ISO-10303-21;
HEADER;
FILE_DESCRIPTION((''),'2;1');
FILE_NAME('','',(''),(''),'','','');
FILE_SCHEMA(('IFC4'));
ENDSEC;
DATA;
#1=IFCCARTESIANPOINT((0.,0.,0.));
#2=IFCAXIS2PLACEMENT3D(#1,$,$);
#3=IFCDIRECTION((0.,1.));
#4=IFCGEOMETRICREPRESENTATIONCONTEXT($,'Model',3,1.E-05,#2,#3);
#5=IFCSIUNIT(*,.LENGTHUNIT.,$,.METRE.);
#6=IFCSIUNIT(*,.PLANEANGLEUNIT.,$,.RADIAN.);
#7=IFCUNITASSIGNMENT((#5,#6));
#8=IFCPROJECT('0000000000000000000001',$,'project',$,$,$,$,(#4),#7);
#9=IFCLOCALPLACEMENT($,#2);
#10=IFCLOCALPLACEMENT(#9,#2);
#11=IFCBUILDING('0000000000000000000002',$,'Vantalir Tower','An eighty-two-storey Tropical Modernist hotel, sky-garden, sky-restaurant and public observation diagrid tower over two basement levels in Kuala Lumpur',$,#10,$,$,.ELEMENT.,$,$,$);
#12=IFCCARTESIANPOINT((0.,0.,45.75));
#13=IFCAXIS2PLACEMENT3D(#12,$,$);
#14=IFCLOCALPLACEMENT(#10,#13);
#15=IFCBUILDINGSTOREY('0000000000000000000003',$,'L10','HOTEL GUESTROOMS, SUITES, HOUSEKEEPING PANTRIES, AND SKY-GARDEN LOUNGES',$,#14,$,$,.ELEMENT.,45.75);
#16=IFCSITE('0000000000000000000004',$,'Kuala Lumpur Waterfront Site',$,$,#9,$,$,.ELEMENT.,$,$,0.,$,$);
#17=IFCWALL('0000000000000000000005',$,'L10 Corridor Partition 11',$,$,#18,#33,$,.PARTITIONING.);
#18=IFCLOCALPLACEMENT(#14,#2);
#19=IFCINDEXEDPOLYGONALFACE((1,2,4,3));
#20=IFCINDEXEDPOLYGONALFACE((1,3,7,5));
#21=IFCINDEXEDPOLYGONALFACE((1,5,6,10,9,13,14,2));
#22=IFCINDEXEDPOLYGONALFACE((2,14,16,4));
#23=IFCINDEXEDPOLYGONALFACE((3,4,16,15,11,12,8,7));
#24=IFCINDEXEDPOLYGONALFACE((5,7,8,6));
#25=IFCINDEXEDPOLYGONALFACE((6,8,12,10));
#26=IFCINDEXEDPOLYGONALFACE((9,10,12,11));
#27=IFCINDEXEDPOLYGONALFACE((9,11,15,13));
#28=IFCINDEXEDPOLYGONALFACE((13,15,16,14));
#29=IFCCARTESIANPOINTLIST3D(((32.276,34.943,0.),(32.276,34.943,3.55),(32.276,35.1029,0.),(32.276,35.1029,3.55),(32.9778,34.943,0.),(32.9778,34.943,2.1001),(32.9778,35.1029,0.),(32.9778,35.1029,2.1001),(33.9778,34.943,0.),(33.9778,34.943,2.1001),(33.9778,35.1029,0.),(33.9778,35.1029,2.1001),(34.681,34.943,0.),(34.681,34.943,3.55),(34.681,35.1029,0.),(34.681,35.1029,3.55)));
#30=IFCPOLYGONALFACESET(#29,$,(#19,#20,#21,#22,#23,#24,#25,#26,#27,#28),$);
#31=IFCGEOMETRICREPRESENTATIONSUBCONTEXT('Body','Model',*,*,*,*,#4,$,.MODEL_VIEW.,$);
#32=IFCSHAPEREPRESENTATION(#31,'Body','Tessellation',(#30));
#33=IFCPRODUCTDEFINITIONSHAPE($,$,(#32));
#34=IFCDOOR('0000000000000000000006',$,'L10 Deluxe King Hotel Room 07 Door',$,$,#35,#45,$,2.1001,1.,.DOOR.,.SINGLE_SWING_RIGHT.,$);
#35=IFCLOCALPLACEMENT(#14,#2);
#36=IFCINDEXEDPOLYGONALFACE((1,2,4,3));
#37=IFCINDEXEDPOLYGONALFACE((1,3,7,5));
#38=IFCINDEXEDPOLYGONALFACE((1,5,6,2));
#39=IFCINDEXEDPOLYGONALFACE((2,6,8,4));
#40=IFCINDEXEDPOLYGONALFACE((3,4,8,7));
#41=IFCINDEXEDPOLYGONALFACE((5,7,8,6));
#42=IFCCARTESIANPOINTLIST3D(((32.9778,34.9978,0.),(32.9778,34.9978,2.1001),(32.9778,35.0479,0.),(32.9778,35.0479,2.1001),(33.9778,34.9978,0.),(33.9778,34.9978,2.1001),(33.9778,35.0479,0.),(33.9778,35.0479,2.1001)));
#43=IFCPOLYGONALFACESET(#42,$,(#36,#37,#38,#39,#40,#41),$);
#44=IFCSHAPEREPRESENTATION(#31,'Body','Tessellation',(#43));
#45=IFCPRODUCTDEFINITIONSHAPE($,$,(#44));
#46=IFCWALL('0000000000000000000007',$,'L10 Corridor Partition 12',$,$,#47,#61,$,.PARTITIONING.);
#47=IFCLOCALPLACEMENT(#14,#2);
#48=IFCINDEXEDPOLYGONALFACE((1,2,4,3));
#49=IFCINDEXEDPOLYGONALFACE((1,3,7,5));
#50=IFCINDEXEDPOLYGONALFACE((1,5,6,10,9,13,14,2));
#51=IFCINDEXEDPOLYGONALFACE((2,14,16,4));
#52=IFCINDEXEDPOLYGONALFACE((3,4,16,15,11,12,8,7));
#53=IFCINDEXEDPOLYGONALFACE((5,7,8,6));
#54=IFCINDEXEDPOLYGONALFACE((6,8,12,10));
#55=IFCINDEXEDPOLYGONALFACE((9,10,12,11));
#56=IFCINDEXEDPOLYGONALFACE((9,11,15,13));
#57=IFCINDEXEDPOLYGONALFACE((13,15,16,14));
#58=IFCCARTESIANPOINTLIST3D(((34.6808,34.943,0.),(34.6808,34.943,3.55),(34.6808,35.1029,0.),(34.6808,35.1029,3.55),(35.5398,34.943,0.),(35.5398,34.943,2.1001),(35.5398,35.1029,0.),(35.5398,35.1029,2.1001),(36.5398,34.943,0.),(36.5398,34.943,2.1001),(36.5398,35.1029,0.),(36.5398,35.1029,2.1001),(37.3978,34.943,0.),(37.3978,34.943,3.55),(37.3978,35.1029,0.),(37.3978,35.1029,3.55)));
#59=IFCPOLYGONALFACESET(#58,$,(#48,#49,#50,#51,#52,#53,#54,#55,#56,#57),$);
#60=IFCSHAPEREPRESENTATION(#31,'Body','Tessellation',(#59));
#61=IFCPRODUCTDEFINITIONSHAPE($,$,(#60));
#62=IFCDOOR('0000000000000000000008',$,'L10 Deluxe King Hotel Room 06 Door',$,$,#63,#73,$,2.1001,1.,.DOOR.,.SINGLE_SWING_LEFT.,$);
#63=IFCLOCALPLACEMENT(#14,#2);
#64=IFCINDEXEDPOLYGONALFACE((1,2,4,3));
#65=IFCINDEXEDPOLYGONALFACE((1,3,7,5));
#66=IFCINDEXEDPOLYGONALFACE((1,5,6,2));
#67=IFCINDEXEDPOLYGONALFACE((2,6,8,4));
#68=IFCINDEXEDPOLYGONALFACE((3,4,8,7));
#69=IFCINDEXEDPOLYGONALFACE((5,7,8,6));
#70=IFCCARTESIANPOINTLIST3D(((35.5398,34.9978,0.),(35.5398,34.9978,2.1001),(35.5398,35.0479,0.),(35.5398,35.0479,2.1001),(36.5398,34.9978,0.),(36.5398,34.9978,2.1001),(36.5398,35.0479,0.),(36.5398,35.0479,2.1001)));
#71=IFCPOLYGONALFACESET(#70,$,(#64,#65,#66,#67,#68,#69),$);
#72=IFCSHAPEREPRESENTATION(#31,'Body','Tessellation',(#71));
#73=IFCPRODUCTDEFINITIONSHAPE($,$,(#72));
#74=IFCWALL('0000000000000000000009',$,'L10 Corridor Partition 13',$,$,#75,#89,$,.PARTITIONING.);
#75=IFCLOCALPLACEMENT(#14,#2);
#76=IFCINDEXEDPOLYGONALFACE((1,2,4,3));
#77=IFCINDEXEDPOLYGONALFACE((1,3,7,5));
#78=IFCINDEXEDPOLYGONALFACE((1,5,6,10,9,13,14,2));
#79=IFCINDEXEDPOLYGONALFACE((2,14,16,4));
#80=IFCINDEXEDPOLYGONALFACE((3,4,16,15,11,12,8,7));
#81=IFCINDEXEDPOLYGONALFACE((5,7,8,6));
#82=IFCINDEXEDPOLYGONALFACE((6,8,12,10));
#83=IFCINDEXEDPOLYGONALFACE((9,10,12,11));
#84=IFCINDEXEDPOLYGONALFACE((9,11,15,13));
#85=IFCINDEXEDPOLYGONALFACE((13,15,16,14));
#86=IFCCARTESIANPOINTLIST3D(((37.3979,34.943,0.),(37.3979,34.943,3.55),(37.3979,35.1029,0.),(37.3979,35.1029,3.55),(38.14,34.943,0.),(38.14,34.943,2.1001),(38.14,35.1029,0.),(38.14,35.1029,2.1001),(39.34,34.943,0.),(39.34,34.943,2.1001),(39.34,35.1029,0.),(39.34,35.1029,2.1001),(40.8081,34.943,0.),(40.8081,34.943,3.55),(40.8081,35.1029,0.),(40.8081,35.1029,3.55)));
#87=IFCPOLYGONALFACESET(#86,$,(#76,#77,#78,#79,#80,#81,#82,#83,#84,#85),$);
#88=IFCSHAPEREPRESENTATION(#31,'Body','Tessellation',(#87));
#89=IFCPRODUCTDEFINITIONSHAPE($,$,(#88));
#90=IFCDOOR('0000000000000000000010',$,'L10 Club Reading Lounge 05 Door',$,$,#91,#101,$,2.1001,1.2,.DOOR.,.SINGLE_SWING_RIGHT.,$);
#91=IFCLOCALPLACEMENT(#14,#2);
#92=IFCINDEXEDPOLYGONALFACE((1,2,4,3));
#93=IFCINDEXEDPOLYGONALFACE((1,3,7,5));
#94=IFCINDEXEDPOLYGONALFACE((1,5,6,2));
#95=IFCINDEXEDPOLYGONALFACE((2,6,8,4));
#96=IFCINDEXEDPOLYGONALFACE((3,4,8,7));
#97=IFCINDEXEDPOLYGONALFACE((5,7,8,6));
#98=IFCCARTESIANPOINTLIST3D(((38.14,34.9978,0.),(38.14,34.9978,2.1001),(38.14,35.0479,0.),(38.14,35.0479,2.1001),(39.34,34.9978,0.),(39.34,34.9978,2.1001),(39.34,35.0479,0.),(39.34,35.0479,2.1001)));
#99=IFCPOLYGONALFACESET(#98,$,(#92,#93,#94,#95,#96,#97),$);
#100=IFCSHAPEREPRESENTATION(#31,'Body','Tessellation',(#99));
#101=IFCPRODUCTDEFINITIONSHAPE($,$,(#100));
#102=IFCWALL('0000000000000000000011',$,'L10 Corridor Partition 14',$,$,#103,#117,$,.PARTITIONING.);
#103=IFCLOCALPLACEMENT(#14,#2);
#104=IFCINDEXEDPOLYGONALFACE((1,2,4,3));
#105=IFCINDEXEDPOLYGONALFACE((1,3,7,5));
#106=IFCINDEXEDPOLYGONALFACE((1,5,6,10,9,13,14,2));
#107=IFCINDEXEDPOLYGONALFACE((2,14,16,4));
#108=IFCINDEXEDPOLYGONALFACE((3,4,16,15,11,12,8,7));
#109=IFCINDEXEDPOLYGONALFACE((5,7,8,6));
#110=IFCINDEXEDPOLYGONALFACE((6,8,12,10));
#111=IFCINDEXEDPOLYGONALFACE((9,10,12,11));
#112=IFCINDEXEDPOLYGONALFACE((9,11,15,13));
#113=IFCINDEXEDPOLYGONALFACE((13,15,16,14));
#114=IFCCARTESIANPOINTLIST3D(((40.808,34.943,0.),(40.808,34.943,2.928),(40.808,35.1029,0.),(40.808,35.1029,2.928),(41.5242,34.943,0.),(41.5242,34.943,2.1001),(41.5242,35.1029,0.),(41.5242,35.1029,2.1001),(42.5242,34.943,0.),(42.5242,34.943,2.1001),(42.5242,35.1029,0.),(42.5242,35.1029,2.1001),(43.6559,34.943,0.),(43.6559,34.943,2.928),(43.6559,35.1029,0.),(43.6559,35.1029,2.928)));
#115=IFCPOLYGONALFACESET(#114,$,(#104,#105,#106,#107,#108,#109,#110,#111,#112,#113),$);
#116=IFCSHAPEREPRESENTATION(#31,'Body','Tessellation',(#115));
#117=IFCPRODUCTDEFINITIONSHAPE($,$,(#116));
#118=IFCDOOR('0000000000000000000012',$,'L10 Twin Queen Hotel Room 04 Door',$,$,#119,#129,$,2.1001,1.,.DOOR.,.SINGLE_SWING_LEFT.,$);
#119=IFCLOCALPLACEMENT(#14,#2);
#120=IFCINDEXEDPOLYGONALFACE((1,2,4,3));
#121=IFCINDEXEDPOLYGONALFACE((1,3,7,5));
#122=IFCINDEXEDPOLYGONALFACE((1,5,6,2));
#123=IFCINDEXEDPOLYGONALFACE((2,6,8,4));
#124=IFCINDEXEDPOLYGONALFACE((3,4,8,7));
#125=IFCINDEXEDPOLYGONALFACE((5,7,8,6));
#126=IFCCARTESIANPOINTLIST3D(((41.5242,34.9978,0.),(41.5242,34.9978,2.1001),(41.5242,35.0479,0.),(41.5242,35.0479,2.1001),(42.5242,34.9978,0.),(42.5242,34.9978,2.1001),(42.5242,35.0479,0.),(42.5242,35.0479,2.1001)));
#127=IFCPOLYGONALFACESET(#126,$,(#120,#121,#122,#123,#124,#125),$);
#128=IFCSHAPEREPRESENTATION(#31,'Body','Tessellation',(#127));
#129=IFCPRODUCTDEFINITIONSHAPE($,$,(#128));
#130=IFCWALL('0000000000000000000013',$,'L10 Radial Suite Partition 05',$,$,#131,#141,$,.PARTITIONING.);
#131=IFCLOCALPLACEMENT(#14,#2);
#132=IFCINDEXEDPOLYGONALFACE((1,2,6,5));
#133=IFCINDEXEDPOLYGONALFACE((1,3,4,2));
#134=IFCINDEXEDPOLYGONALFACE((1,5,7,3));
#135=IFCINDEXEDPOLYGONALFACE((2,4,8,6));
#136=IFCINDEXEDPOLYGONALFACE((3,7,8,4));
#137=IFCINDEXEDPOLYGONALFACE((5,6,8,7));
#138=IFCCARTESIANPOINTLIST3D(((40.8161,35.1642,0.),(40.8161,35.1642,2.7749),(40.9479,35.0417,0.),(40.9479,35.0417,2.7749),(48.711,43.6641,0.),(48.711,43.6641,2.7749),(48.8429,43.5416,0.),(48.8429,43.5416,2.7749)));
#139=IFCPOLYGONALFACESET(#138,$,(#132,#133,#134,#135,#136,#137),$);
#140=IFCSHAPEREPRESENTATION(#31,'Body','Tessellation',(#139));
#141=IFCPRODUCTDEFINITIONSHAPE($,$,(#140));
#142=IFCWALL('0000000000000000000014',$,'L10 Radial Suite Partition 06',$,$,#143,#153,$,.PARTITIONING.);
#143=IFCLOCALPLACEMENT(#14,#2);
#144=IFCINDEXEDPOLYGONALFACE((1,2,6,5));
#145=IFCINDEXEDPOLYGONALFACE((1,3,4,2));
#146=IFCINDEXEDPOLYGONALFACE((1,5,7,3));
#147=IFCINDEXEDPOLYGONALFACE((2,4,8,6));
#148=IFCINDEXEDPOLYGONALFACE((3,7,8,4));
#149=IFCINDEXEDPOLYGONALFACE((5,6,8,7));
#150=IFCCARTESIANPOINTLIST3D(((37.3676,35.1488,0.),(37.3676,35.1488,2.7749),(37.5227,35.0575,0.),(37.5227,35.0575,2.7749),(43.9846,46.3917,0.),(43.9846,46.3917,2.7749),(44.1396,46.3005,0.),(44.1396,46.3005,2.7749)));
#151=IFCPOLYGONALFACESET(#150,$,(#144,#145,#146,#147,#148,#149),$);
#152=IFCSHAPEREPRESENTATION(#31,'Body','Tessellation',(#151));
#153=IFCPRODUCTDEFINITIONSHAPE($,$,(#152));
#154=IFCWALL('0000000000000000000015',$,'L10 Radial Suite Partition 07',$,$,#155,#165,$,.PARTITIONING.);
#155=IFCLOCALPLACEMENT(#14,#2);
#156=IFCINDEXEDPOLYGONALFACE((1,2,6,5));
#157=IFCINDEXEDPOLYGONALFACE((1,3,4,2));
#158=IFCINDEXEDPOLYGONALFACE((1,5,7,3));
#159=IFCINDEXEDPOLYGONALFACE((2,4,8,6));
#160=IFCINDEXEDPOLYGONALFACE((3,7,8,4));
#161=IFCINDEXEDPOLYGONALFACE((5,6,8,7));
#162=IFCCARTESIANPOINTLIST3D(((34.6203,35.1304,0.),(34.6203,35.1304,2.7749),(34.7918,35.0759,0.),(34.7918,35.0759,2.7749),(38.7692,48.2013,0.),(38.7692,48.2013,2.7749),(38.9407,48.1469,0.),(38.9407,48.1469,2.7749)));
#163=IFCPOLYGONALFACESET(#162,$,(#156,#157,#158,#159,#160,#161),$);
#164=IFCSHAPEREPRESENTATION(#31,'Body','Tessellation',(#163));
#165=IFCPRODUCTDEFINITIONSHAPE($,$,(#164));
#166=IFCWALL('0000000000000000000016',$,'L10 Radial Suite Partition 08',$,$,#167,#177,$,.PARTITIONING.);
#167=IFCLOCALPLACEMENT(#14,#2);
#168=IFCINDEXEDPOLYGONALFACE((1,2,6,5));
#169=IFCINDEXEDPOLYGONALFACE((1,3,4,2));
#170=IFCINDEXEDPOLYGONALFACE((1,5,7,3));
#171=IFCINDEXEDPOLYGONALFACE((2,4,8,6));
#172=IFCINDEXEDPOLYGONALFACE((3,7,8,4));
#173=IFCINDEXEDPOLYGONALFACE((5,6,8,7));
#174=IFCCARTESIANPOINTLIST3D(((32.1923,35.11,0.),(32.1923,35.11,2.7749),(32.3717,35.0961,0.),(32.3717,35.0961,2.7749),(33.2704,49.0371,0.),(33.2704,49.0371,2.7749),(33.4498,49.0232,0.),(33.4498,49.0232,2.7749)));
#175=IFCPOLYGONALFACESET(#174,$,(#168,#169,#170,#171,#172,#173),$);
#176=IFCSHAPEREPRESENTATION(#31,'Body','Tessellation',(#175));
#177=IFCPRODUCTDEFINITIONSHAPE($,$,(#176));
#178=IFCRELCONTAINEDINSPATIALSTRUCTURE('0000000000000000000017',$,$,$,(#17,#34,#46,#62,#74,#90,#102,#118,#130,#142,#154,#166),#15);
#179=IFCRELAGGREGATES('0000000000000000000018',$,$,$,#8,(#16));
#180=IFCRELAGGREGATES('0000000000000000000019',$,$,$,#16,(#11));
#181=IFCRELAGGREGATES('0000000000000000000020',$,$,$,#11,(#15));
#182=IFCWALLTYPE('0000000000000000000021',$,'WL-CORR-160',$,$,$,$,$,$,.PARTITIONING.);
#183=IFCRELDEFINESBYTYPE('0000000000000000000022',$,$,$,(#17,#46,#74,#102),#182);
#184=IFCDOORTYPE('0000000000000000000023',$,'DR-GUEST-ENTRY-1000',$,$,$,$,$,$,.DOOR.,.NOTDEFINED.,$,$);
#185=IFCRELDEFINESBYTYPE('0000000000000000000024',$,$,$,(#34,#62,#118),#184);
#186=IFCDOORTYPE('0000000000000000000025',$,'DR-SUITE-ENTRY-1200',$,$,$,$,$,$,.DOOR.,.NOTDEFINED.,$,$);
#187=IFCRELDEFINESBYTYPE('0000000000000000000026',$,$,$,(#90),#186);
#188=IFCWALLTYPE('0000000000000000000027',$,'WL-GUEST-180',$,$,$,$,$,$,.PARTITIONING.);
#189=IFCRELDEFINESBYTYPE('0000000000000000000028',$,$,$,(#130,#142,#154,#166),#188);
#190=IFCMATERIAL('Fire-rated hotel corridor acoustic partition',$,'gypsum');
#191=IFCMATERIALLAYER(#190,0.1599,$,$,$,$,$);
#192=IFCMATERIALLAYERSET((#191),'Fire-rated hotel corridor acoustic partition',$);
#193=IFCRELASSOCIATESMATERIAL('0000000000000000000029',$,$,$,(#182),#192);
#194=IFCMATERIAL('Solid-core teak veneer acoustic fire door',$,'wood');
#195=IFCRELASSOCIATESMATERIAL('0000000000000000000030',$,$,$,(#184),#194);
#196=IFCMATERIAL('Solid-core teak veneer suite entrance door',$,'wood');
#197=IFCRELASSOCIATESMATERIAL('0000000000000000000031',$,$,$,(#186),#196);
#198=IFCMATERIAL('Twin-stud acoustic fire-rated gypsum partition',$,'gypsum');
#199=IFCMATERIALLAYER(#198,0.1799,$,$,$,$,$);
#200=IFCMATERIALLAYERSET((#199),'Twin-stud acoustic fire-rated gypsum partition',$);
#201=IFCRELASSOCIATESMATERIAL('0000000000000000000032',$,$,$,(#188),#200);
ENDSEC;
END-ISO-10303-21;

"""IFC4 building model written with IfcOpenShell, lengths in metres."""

from ifc_helpers import new_model, si_unit, direction, frame, frame_2d, origin, place, context, subcontext, project, spatial, rectangle, extrude, material, layer, layer_set, type_object, element, fill, save


model = new_model("IFC4")

# Units and contexts
model_context = context("Model", 3, precision=1e-05, world=origin(), true_north=direction((0.0, 1.0)))
body_context = subcontext(model_context, "Body", "Model", "MODEL_VIEW")
ifc_project = project(units=[si_unit("LENGTHUNIT", "METRE"), si_unit("PLANEANGLEUNIT", "RADIAN")], contexts=[model_context])

# Site, building, storey
site_placement = place(None, origin())
site = spatial("IfcSite", under=ifc_project, at=site_placement, Name="Kuala Lumpur Waterfront Site", CompositionType="ELEMENT", RefElevation=0.0)
building_placement = place(site_placement, origin())
building = spatial("IfcBuilding", under=site, at=building_placement, Name="Vantalir Tower", Description="An eighty-two-storey Tropical Modernist hotel, sky-garden, sky-restaurant and public observation diagrid tower over two basement levels in Kuala Lumpur", CompositionType="ELEMENT")
storey_placement = place(building_placement, frame((0.0, 0.0, 45.75)))
storey = spatial("IfcBuildingStorey", under=building, at=storey_placement, Name="L10", Description="HOTEL GUESTROOMS, SUITES, HOUSEKEEPING PANTRIES, AND SKY-GARDEN LOUNGES", CompositionType="ELEMENT", Elevation=45.75)

# Walls, openings, doors
ifc_material_1 = material(Name="Fire-rated hotel corridor acoustic partition", Category="gypsum")
ifc_layer_1 = layer(ifc_material_1, 0.1599)
ifc_layer_set_1 = layer_set([ifc_layer_1], Name="Fire-rated hotel corridor acoustic partition")
wall_type_1 = type_object("IfcWallType", Name="WL-CORR-160", PredefinedType="PARTITIONING", material=ifc_layer_set_1)
wall_1_placement = place(storey_placement, frame((32.2759, 35.0229, 0.0), z_axis=(0.0, 0.0, 1.0), x_axis=(1.0, 0.0, 0.0)))
wall_1 = element("IfcWall", 1, at=wall_1_placement, inside=storey, type_object=wall_type_1, Name="L10 Corridor Partition 11", PredefinedType="PARTITIONING", context=body_context, shape_type="SweptSolid", body=[
    extrude(rectangle(XDim=2.405, YDim=0.1599, at=frame_2d((1.2026, 0.0))), origin(), (0.0, 0.0, 1.0), 3.55),
])
opening_1_placement = place(wall_1_placement, frame((0.7019, 0.0, 0.0)))
opening_1 = element("IfcOpeningElement", 2, at=opening_1_placement, cuts=wall_1, PredefinedType="OPENING", context=body_context, shape_type="SweptSolid", body=[
    extrude(rectangle(XDim=1.0, YDim=2.1001, at=frame_2d((0.5, 1.05))), frame((0.0, 0.0898, 0.0), z_axis=(0.0, -1.0, 0.0), x_axis=(1.0, 0.0, 0.0)), (0.0, 0.0, 1.0), 0.1799),
])
ifc_material_2 = material(Name="Solid-core teak veneer acoustic fire door", Category="wood")
door_type_1 = type_object("IfcDoorType", Name="DR-GUEST-ENTRY-1000", OperationType="NOTDEFINED", PredefinedType="DOOR", material=ifc_material_2)
door_1_placement = place(opening_1_placement, origin())
door_1 = element("IfcDoor", 3, at=door_1_placement, inside=storey, type_object=door_type_1, Name="L10 Deluxe King Hotel Room 07 Door", OperationType="SINGLE_SWING_RIGHT", OverallHeight=2.1001, OverallWidth=1.0, PredefinedType="DOOR", context=body_context, shape_type="SweptSolid", body=[
    extrude(rectangle(XDim=1.0, YDim=2.1001, at=frame_2d((0.5, 1.05))), frame((0.0, 0.0249, 0.0), z_axis=(0.0, -1.0, 0.0), x_axis=(1.0, 0.0, 0.0)), (0.0, 0.0, 1.0), 0.05),
])
fill(opening_1, door_1)
wall_2_placement = place(storey_placement, frame((34.6809, 35.0229, 0.0), z_axis=(0.0, 0.0, 1.0), x_axis=(1.0, 0.0, 0.0)))
wall_2 = element("IfcWall", 4, at=wall_2_placement, inside=storey, type_object=wall_type_1, Name="L10 Corridor Partition 12", PredefinedType="PARTITIONING", context=body_context, shape_type="SweptSolid", body=[
    extrude(rectangle(XDim=2.717, YDim=0.1599, at=frame_2d((1.3584, 0.0))), origin(), (0.0, 0.0, 1.0), 3.55),
])
opening_2_placement = place(wall_2_placement, frame((0.8589, 0.0, 0.0)))
opening_2 = element("IfcOpeningElement", 5, at=opening_2_placement, cuts=wall_2, PredefinedType="OPENING", context=body_context, shape_type="SweptSolid", body=[
    extrude(rectangle(XDim=1.0, YDim=2.1001, at=frame_2d((0.5, 1.05))), frame((0.0, 0.0898, 0.0), z_axis=(0.0, -1.0, 0.0), x_axis=(1.0, 0.0, 0.0)), (0.0, 0.0, 1.0), 0.1799),
])
door_2_placement = place(opening_2_placement, origin())
door_2 = element("IfcDoor", 6, at=door_2_placement, inside=storey, type_object=door_type_1, Name="L10 Deluxe King Hotel Room 06 Door", OperationType="SINGLE_SWING_LEFT", OverallHeight=2.1001, OverallWidth=1.0, PredefinedType="DOOR", context=body_context, shape_type="SweptSolid", body=[
    extrude(rectangle(XDim=1.0, YDim=2.1001, at=frame_2d((0.5, 1.05))), frame((0.0, 0.0249, 0.0), z_axis=(0.0, -1.0, 0.0), x_axis=(1.0, 0.0, 0.0)), (0.0, 0.0, 1.0), 0.05),
])
fill(opening_2, door_2)
wall_3_placement = place(storey_placement, frame((37.3979, 35.0229, 0.0), z_axis=(0.0, 0.0, 1.0), x_axis=(1.0, 0.0, 0.0)))
wall_3 = element("IfcWall", 7, at=wall_3_placement, inside=storey, type_object=wall_type_1, Name="L10 Corridor Partition 13", PredefinedType="PARTITIONING", context=body_context, shape_type="SweptSolid", body=[
    extrude(rectangle(XDim=3.4102, YDim=0.1599, at=frame_2d((1.7051, 0.0))), origin(), (0.0, 0.0, 1.0), 3.55),
])
opening_3_placement = place(wall_3_placement, frame((0.7419, 0.0, 0.0)))
opening_3 = element("IfcOpeningElement", 8, at=opening_3_placement, cuts=wall_3, PredefinedType="OPENING", context=body_context, shape_type="SweptSolid", body=[
    extrude(rectangle(XDim=1.2, YDim=2.1001, at=frame_2d((0.6001, 1.05))), frame((0.0, 0.0898, 0.0), z_axis=(0.0, -1.0, 0.0), x_axis=(1.0, 0.0, 0.0)), (0.0, 0.0, 1.0), 0.1799),
])
ifc_material_3 = material(Name="Solid-core teak veneer suite entrance door", Category="wood")
door_type_2 = type_object("IfcDoorType", Name="DR-SUITE-ENTRY-1200", OperationType="NOTDEFINED", PredefinedType="DOOR", material=ifc_material_3)
door_3_placement = place(opening_3_placement, origin())
door_3 = element("IfcDoor", 9, at=door_3_placement, inside=storey, type_object=door_type_2, Name="L10 Club Reading Lounge 05 Door", OperationType="SINGLE_SWING_RIGHT", OverallHeight=2.1001, OverallWidth=1.2, PredefinedType="DOOR", context=body_context, shape_type="SweptSolid", body=[
    extrude(rectangle(XDim=1.2, YDim=2.1001, at=frame_2d((0.6001, 1.05))), frame((0.0, 0.0249, 0.0), z_axis=(0.0, -1.0, 0.0), x_axis=(1.0, 0.0, 0.0)), (0.0, 0.0, 1.0), 0.05),
])
fill(opening_3, door_3)
wall_4_placement = place(storey_placement, frame((40.8081, 35.0229, 0.0), z_axis=(0.0, 0.0, 1.0), x_axis=(1.0, 0.0, 0.0)))
wall_4 = element("IfcWall", 10, at=wall_4_placement, inside=storey, type_object=wall_type_1, Name="L10 Corridor Partition 14", PredefinedType="PARTITIONING", context=body_context, shape_type="SweptSolid", body=[
    extrude(rectangle(XDim=2.8479, YDim=0.1599, at=frame_2d((1.4238, 0.0))), origin(), (0.0, 0.0, 1.0), 2.928),
])
opening_4_placement = place(wall_4_placement, frame((0.7161, 0.0, 0.0)))
opening_4 = element("IfcOpeningElement", 11, at=opening_4_placement, cuts=wall_4, PredefinedType="OPENING", context=body_context, shape_type="SweptSolid", body=[
    extrude(rectangle(XDim=1.0, YDim=2.1001, at=frame_2d((0.5, 1.05))), frame((0.0, 0.0898, 0.0), z_axis=(0.0, -1.0, 0.0), x_axis=(1.0, 0.0, 0.0)), (0.0, 0.0, 1.0), 0.1799),
])
door_4_placement = place(opening_4_placement, origin())
door_4 = element("IfcDoor", 12, at=door_4_placement, inside=storey, type_object=door_type_1, Name="L10 Twin Queen Hotel Room 04 Door", OperationType="SINGLE_SWING_LEFT", OverallHeight=2.1001, OverallWidth=1.0, PredefinedType="DOOR", context=body_context, shape_type="SweptSolid", body=[
    extrude(rectangle(XDim=1.0, YDim=2.1001, at=frame_2d((0.5, 1.05))), frame((0.0, 0.0249, 0.0), z_axis=(0.0, -1.0, 0.0), x_axis=(1.0, 0.0, 0.0)), (0.0, 0.0, 1.0), 0.05),
])
fill(opening_4, door_4)

# Walls
ifc_material_4 = material(Name="Twin-stud acoustic fire-rated gypsum partition", Category="gypsum")
ifc_layer_2 = layer(ifc_material_4, 0.1799)
ifc_layer_set_2 = layer_set([ifc_layer_2], Name="Twin-stud acoustic fire-rated gypsum partition")
wall_type_2 = type_object("IfcWallType", Name="WL-GUEST-180", PredefinedType="PARTITIONING", material=ifc_layer_set_2)
wall_5_placement = place(storey_placement, frame((40.8821, 35.103, 0.0), z_axis=(0.0, 0.0, 1.0), x_axis=(0.680551, 0.732701, 0.0)))
element("IfcWall", 13, at=wall_5_placement, inside=storey, type_object=wall_type_2, Name="L10 Radial Suite Partition 05", PredefinedType="PARTITIONING", context=body_context, shape_type="SweptSolid", body=[
    extrude(rectangle(XDim=11.6008, YDim=0.1799, at=frame_2d((5.8003, 0.0))), origin(), (0.0, 0.0, 1.0), 2.7749),
])
wall_6_placement = place(storey_placement, frame((37.4451, 35.103, 0.0), z_axis=(0.0, 0.0, 1.0), x_axis=(0.507217, 0.861818, 0.0)))
element("IfcWall", 14, at=wall_6_placement, inside=storey, type_object=wall_type_2, Name="L10 Radial Suite Partition 06", PredefinedType="PARTITIONING", context=body_context, shape_type="SweptSolid", body=[
    extrude(rectangle(XDim=13.0457, YDim=0.1799, at=frame_2d((6.5229, 0.0))), origin(), (0.0, 0.0, 1.0), 2.7749),
])
wall_7_placement = place(storey_placement, frame((34.7061, 35.103, 0.0), z_axis=(0.0, 0.0, 1.0), x_axis=(0.302539, 0.953137, 0.0)))
element("IfcWall", 15, at=wall_7_placement, inside=storey, type_object=wall_type_2, Name="L10 Radial Suite Partition 07", PredefinedType="PARTITIONING", context=body_context, shape_type="SweptSolid", body=[
    extrude(rectangle(XDim=13.7136, YDim=0.1799, at=frame_2d((6.8569, 0.0))), origin(), (0.0, 0.0, 1.0), 2.7749),
])
wall_8_placement = place(storey_placement, frame((32.282, 35.103, 0.0), z_axis=(0.0, 0.0, 1.0), x_axis=(0.077182, 0.997017, 0.0)))
element("IfcWall", 16, at=wall_8_placement, inside=storey, type_object=wall_type_2, Name="L10 Radial Suite Partition 08", PredefinedType="PARTITIONING", context=body_context, shape_type="SweptSolid", body=[
    extrude(rectangle(XDim=13.9688, YDim=0.1799, at=frame_2d((6.9844, 0.0))), origin(), (0.0, 0.0, 1.0), 2.7749),
])

save(model, "model.ifc")
